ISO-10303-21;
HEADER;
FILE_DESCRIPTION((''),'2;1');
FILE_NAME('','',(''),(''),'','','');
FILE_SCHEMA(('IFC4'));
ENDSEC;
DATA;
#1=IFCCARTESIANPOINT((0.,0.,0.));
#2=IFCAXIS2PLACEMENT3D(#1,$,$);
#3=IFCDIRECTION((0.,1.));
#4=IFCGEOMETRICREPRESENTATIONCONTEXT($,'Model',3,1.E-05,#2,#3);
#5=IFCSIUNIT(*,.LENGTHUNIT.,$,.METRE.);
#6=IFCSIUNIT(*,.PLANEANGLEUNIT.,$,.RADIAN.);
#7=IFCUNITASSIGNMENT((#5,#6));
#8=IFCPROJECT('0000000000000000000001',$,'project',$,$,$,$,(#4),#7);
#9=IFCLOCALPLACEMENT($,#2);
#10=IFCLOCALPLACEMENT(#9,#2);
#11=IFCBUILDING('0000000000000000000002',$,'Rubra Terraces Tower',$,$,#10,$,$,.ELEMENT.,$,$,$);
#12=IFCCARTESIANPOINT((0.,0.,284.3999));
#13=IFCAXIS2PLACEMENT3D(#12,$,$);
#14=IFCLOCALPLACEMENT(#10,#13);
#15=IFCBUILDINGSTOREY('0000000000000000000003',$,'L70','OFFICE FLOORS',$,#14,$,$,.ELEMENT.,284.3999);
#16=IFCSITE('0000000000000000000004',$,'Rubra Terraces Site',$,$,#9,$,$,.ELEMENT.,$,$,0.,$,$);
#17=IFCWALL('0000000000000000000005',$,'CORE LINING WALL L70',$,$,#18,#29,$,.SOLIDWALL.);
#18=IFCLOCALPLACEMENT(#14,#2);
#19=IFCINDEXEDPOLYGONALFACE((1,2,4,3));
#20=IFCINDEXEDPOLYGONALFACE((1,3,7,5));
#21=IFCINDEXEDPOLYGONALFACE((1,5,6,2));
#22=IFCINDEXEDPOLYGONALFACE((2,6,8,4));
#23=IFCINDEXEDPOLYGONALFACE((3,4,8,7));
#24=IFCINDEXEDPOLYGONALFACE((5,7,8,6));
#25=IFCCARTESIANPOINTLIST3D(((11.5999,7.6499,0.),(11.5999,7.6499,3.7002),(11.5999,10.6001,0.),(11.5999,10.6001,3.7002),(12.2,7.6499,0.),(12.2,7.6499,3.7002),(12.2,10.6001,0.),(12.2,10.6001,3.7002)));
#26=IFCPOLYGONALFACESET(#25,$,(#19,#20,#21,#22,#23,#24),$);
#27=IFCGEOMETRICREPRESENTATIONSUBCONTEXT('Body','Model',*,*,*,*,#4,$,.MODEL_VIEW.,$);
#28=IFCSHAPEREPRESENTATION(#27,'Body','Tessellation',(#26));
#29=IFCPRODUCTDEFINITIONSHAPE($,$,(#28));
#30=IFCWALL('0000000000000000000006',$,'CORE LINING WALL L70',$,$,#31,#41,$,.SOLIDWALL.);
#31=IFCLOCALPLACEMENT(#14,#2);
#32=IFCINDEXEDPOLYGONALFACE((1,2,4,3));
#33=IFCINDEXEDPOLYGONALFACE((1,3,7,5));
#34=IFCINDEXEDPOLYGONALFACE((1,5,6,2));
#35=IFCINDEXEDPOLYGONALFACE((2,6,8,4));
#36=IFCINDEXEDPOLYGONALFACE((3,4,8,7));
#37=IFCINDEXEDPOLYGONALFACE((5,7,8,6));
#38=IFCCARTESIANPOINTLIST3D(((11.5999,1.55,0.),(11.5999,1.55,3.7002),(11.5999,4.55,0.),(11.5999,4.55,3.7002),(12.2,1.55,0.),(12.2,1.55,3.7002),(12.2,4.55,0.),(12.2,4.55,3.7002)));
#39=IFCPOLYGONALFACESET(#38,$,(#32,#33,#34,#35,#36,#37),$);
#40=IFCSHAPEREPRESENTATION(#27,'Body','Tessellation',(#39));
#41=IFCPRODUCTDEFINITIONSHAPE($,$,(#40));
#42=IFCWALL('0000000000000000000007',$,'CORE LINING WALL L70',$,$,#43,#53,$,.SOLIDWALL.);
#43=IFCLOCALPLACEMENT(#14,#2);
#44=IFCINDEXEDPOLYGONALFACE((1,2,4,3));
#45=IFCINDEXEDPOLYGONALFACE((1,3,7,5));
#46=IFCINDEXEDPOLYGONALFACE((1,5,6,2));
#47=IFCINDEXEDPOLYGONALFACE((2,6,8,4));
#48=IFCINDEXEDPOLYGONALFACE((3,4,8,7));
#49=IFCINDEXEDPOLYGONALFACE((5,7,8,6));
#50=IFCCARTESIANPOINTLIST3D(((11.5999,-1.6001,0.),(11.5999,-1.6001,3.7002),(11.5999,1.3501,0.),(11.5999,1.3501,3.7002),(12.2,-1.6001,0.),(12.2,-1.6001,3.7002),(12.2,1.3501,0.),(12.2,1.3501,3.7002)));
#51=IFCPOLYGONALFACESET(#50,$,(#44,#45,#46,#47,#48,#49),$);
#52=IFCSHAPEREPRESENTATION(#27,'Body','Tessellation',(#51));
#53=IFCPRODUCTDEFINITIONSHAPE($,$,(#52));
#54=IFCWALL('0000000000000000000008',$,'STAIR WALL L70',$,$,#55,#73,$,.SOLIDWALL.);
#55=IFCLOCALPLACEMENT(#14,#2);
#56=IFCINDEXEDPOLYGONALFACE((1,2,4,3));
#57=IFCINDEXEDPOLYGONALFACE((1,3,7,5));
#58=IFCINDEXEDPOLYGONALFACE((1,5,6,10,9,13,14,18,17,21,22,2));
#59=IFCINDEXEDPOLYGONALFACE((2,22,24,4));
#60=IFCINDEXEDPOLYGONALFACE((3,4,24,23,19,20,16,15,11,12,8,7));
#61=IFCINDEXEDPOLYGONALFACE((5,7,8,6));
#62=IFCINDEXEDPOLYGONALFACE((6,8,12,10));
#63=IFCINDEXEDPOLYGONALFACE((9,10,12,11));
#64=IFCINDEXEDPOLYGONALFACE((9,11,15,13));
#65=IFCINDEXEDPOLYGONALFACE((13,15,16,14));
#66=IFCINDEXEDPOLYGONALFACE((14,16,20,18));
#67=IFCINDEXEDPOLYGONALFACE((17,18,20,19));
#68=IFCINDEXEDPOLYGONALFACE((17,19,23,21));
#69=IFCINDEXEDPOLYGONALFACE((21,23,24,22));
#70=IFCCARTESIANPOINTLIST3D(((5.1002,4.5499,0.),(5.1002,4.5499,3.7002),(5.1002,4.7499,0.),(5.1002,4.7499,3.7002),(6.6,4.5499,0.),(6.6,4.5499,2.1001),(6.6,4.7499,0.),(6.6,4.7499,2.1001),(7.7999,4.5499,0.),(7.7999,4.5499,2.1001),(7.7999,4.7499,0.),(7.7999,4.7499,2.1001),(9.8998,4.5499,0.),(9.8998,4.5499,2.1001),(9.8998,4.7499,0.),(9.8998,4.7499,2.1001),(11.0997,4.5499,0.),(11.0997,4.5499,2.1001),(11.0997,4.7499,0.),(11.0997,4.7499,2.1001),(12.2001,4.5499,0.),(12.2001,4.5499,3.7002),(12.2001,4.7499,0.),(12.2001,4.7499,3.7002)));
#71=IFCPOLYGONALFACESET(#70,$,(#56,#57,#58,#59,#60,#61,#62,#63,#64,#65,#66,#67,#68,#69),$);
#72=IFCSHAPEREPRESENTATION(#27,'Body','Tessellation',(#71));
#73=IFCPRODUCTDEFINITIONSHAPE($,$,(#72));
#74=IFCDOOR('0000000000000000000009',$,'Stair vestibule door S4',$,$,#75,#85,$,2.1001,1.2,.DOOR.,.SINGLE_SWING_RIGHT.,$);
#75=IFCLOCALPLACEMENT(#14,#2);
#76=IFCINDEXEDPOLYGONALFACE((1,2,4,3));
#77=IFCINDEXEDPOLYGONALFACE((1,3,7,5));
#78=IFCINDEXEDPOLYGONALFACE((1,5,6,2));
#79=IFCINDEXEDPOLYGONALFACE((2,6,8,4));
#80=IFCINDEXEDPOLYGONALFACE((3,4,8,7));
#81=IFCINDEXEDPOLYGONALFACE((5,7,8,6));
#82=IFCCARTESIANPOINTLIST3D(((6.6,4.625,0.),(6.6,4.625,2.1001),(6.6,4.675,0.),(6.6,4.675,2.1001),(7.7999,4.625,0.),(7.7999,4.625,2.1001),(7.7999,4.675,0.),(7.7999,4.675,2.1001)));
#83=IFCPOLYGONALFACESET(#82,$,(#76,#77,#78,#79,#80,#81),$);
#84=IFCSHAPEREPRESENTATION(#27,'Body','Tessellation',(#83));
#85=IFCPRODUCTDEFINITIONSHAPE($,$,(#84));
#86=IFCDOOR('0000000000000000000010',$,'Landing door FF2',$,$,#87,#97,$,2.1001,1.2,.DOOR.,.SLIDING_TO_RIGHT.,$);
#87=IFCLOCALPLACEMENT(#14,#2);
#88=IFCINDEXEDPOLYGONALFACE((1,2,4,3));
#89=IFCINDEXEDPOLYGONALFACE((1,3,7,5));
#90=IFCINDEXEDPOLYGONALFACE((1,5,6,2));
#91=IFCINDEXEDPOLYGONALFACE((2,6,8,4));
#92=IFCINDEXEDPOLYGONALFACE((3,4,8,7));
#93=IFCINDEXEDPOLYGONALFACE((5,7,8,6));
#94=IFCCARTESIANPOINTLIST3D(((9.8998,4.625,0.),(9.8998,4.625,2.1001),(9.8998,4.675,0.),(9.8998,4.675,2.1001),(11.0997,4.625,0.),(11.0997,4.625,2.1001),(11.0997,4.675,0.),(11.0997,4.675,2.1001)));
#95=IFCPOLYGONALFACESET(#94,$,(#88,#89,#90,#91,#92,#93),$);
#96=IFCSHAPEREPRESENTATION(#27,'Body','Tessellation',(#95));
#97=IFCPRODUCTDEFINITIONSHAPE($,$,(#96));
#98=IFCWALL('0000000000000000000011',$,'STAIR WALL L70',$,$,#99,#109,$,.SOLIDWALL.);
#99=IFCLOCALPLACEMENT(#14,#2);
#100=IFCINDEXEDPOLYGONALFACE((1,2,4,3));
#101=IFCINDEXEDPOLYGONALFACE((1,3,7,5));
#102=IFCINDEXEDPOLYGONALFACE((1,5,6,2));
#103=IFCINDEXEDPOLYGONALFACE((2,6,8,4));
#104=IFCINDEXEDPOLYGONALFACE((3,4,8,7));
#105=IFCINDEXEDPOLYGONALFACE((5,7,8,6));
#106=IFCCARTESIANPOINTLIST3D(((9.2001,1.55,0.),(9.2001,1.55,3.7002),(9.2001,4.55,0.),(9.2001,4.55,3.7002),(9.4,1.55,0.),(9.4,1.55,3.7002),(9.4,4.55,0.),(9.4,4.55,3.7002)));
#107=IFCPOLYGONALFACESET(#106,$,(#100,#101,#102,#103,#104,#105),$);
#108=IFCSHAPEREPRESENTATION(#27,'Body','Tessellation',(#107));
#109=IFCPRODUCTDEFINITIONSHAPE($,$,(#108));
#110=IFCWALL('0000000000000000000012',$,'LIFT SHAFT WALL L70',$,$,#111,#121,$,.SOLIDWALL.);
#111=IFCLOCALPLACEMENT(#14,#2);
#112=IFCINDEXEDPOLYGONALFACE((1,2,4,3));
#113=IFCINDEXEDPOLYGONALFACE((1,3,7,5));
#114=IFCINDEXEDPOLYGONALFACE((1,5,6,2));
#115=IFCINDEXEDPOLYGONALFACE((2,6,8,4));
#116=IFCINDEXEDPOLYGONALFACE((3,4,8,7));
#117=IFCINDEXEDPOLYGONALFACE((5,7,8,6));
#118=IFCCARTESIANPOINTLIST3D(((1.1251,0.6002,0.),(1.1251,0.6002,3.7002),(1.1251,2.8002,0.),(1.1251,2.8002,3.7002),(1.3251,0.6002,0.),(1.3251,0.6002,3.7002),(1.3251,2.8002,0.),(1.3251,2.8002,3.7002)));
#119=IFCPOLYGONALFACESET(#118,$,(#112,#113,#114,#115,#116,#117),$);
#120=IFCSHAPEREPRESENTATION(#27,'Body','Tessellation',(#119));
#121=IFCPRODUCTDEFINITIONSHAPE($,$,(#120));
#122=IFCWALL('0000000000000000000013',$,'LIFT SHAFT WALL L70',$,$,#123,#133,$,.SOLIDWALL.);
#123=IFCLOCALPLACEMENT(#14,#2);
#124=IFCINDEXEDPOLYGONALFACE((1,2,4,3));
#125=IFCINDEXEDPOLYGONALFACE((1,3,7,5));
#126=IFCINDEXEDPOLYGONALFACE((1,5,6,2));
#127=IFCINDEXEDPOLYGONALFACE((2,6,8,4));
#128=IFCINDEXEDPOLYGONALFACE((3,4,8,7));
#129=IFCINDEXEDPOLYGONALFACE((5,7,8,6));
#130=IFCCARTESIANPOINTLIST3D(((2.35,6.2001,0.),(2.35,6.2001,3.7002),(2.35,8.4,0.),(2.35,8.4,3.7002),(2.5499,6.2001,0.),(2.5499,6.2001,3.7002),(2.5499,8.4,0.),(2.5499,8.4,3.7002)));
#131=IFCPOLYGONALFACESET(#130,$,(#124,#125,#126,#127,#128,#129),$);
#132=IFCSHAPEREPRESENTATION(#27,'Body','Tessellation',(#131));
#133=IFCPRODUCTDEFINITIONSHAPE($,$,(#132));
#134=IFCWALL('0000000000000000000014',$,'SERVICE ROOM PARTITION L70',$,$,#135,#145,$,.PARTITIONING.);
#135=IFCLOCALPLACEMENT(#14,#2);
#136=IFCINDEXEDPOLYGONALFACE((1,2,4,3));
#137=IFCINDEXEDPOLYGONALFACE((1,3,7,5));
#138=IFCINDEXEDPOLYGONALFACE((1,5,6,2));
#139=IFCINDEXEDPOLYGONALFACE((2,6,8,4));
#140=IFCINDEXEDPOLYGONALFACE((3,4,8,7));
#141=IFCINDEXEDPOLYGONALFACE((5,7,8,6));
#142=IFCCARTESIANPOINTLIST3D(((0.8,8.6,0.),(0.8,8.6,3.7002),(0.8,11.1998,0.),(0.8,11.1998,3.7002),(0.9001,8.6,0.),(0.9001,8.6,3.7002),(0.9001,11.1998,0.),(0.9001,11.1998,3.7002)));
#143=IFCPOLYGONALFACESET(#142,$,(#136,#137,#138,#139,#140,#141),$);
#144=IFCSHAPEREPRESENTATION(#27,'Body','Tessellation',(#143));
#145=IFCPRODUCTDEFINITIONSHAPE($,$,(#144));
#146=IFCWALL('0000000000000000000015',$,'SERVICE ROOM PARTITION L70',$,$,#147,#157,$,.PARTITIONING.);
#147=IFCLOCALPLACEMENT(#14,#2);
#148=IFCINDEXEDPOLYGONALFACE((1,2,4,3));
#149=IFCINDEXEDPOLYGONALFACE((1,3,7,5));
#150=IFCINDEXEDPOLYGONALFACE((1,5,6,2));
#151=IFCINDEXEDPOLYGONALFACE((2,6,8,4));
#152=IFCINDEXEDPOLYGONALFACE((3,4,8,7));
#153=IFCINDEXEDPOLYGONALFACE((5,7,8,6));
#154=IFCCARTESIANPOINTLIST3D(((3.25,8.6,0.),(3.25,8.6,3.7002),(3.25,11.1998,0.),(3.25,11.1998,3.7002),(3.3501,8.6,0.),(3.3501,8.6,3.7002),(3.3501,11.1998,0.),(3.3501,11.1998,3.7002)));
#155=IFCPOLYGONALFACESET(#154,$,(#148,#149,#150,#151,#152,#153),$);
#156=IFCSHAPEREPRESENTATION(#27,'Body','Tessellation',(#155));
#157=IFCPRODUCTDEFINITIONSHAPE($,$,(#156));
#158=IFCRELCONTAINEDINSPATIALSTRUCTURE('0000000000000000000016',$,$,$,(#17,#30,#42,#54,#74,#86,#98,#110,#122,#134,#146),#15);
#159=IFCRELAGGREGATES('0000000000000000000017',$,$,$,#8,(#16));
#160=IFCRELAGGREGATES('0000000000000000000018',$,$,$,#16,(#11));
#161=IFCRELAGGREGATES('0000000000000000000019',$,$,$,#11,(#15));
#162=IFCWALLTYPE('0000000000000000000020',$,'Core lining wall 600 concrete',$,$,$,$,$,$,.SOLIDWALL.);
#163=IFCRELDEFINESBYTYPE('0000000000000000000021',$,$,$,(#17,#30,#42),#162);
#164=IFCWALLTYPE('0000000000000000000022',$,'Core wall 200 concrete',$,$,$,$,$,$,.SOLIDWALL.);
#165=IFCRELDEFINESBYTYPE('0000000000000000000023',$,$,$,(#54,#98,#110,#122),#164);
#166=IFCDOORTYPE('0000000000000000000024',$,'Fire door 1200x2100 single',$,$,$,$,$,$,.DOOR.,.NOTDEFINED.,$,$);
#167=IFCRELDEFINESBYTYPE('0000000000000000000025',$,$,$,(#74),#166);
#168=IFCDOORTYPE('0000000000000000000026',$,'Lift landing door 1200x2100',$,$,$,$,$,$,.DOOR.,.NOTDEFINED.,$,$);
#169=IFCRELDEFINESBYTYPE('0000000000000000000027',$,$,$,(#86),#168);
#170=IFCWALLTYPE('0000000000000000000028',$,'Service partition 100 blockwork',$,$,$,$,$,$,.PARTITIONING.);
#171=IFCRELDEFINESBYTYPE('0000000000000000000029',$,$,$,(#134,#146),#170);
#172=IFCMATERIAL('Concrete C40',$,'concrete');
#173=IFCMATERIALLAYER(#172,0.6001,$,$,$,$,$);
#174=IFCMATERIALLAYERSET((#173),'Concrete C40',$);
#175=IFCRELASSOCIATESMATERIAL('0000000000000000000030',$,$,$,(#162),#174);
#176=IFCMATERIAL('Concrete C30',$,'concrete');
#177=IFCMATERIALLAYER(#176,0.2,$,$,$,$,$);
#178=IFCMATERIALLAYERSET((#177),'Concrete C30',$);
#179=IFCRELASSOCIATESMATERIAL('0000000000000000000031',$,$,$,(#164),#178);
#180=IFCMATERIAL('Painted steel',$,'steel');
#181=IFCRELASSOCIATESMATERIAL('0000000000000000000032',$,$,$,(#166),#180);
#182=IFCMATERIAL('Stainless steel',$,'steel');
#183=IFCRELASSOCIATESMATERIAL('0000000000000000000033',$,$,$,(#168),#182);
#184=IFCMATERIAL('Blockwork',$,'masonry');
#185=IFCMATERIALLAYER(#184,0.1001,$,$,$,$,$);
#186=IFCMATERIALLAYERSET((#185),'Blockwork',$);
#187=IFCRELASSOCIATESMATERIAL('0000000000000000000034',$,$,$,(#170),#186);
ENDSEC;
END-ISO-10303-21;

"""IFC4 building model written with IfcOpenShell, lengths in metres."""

from ifc_helpers import new_model, si_unit, direction, frame, frame_2d, origin, place, context, subcontext, project, spatial, rectangle, extrude, material, layer, layer_set, type_object, element, fill, save


model = new_model("IFC4")

# Units and contexts
model_context = context("Model", 3, precision=1e-05, world=origin(), true_north=direction((0.0, 1.0)))
body_context = subcontext(model_context, "Body", "Model", "MODEL_VIEW")
ifc_project = project(units=[si_unit("LENGTHUNIT", "METRE"), si_unit("PLANEANGLEUNIT", "RADIAN")], contexts=[model_context])

# Site, building, storey
site_placement = place(None, origin())
site = spatial("IfcSite", under=ifc_project, at=site_placement, Name="Rubra Terraces Site", CompositionType="ELEMENT", RefElevation=0.0)
building_placement = place(site_placement, origin())
building = spatial("IfcBuilding", under=site, at=building_placement, Name="Rubra Terraces Tower", CompositionType="ELEMENT")
storey_placement = place(building_placement, frame((0.0, 0.0, 284.3999)))
storey = spatial("IfcBuildingStorey", under=building, at=storey_placement, Name="L70", Description="OFFICE FLOORS", CompositionType="ELEMENT", Elevation=284.3999)

# Walls
ifc_material_1 = material(Name="Concrete C40", Category="concrete")
ifc_layer_1 = layer(ifc_material_1, 0.6001)
ifc_layer_set_1 = layer_set([ifc_layer_1], Name="Concrete C40")
wall_type_1 = type_object("IfcWallType", Name="Core lining wall 600 concrete", PredefinedType="SOLIDWALL", material=ifc_layer_set_1)
wall_1_placement = place(storey_placement, frame((11.8999, 10.6001, 0.0), z_axis=(0.0, 0.0, 1.0), x_axis=(0.0, -1.0, 0.0)))
element("IfcWall", 1, at=wall_1_placement, inside=storey, type_object=wall_type_1, Name="CORE LINING WALL L70", PredefinedType="SOLIDWALL", context=body_context, shape_type="SweptSolid", body=[
    extrude(rectangle(XDim=2.9502, YDim=0.6001, at=frame_2d((1.4751, 0.0))), origin(), (0.0, 0.0, 1.0), 3.7002),
])
wall_2_placement = place(storey_placement, frame((11.8999, 4.55, 0.0), z_axis=(0.0, 0.0, 1.0), x_axis=(0.0, -1.0, 0.0)))
element("IfcWall", 2, at=wall_2_placement, inside=storey, type_object=wall_type_1, Name="CORE LINING WALL L70", PredefinedType="SOLIDWALL", context=body_context, shape_type="SweptSolid", body=[
    extrude(rectangle(XDim=3.0, YDim=0.6001, at=frame_2d((1.5, 0.0))), origin(), (0.0, 0.0, 1.0), 3.7002),
])
wall_3_placement = place(storey_placement, frame((11.8999, 1.3501, 0.0), z_axis=(0.0, 0.0, 1.0), x_axis=(0.0, -1.0, 0.0)))
element("IfcWall", 3, at=wall_3_placement, inside=storey, type_object=wall_type_1, Name="CORE LINING WALL L70", PredefinedType="SOLIDWALL", context=body_context, shape_type="SweptSolid", body=[
    extrude(rectangle(XDim=2.9502, YDim=0.6001, at=frame_2d((1.4751, 0.0))), origin(), (0.0, 0.0, 1.0), 3.7002),
])

# Wall, openings, doors
ifc_material_2 = material(Name="Concrete C30", Category="concrete")
ifc_layer_2 = layer(ifc_material_2, 0.2)
ifc_layer_set_2 = layer_set([ifc_layer_2], Name="Concrete C30")
wall_type_2 = type_object("IfcWallType", Name="Core wall 200 concrete", PredefinedType="SOLIDWALL", material=ifc_layer_set_2)
wall_4_placement = place(storey_placement, frame((12.2, 4.6499, 0.0), z_axis=(0.0, 0.0, 1.0), x_axis=(-1.0, 0.0, 0.0)))
wall_4 = element("IfcWall", 4, at=wall_4_placement, inside=storey, type_object=wall_type_2, Name="STAIR WALL L70", PredefinedType="SOLIDWALL", context=body_context, shape_type="SweptSolid", body=[
    extrude(rectangle(XDim=7.0999, YDim=0.2, at=frame_2d((3.5498, 0.0))), origin(), (0.0, 0.0, 1.0), 3.7002),
])
opening_1_placement = place(wall_4_placement, frame((4.3999, 0.0, 0.0)))
opening_1 = element("IfcOpeningElement", 5, at=opening_1_placement, cuts=wall_4, PredefinedType="OPENING", context=body_context, shape_type="SweptSolid", body=[
    extrude(rectangle(XDim=1.2, YDim=2.1001, at=frame_2d((0.6001, 1.05))), frame((0.0, 0.1099, 0.0), z_axis=(0.0, -1.0, 0.0), x_axis=(1.0, 0.0, 0.0)), (0.0, 0.0, 1.0), 0.22),
])
opening_2_placement = place(wall_4_placement, frame((1.1001, 0.0, 0.0)))
opening_2 = element("IfcOpeningElement", 6, at=opening_2_placement, cuts=wall_4, PredefinedType="OPENING", context=body_context, shape_type="SweptSolid", body=[
    extrude(rectangle(XDim=1.2, YDim=2.1001, at=frame_2d((0.6001, 1.05))), frame((0.0, 0.1099, 0.0), z_axis=(0.0, -1.0, 0.0), x_axis=(1.0, 0.0, 0.0)), (0.0, 0.0, 1.0), 0.22),
])
ifc_material_3 = material(Name="Painted steel", Category="steel")
door_type_1 = type_object("IfcDoorType", Name="Fire door 1200x2100 single", OperationType="NOTDEFINED", PredefinedType="DOOR", material=ifc_material_3)
door_1_placement = place(opening_1_placement, origin())
door_1 = element("IfcDoor", 7, at=door_1_placement, inside=storey, type_object=door_type_1, Name="Stair vestibule door S4", OperationType="SINGLE_SWING_RIGHT", OverallHeight=2.1001, OverallWidth=1.2, PredefinedType="DOOR", context=body_context, shape_type="SweptSolid", body=[
    extrude(rectangle(XDim=1.2, YDim=2.1001, at=frame_2d((0.6001, 1.05))), frame((0.0, 0.0249, 0.0), z_axis=(0.0, -1.0, 0.0), x_axis=(1.0, 0.0, 0.0)), (0.0, 0.0, 1.0), 0.05),
])
fill(opening_1, door_1)
ifc_material_4 = material(Name="Stainless steel", Category="steel")
door_type_2 = type_object("IfcDoorType", Name="Lift landing door 1200x2100", OperationType="NOTDEFINED", PredefinedType="DOOR", material=ifc_material_4)
door_2_placement = place(opening_2_placement, origin())
door_2 = element("IfcDoor", 8, at=door_2_placement, inside=storey, type_object=door_type_2, Name="Landing door FF2", OperationType="SLIDING_TO_RIGHT", OverallHeight=2.1001, OverallWidth=1.2, PredefinedType="DOOR", context=body_context, shape_type="SweptSolid", body=[
    extrude(rectangle(XDim=1.2, YDim=2.1001, at=frame_2d((0.6001, 1.05))), frame((0.0, 0.0249, 0.0), z_axis=(0.0, -1.0, 0.0), x_axis=(1.0, 0.0, 0.0)), (0.0, 0.0, 1.0), 0.05),
])
fill(opening_2, door_2)

# Walls
wall_5_placement = place(storey_placement, frame((9.3, 4.55, 0.0), z_axis=(0.0, 0.0, 1.0), x_axis=(0.0, -1.0, 0.0)))
element("IfcWall", 9, at=wall_5_placement, inside=storey, type_object=wall_type_2, Name="STAIR WALL L70", PredefinedType="SOLIDWALL", context=body_context, shape_type="SweptSolid", body=[
    extrude(rectangle(XDim=3.0, YDim=0.2, at=frame_2d((1.5, 0.0))), origin(), (0.0, 0.0, 1.0), 3.7002),
])
for number, where, z_axis, x_axis, name in (
    (10, (1.2251, 0.6001, 0.0), (0.0, 0.0, 1.0), (0.0, 1.0, 0.0), "LIFT SHAFT WALL L70"),
    (11, (2.45, 6.2, 0.0), (0.0, 0.0, 1.0), (0.0, 1.0, 0.0), "LIFT SHAFT WALL L70"),
):
    element("IfcWall", number, at=place(storey_placement, frame(where, z_axis=z_axis, x_axis=x_axis)), inside=storey, type_object=wall_type_2, Name=name, PredefinedType="SOLIDWALL", context=body_context, shape_type="SweptSolid", body=[
        extrude(rectangle(XDim=2.2, YDim=0.2, at=frame_2d((1.1001, 0.0))), origin(), (0.0, 0.0, 1.0), 3.7002),
    ])
ifc_material_5 = material(Name="Blockwork", Category="masonry")
ifc_layer_3 = layer(ifc_material_5, 0.1001)
ifc_layer_set_3 = layer_set([ifc_layer_3], Name="Blockwork")
wall_type_3 = type_object("IfcWallType", Name="Service partition 100 blockwork", PredefinedType="PARTITIONING", material=ifc_layer_set_3)
for number, where, z_axis, x_axis, name in (
    (12, (0.8501, 8.6001, 0.0), (0.0, 0.0, 1.0), (0.0, 1.0, 0.0), "SERVICE ROOM PARTITION L70"),
    (13, (3.3, 8.6001, 0.0), (0.0, 0.0, 1.0), (0.0, 1.0, 0.0), "SERVICE ROOM PARTITION L70"),
):
    element("IfcWall", number, at=place(storey_placement, frame(where, z_axis=z_axis, x_axis=x_axis)), inside=storey, type_object=wall_type_3, Name=name, PredefinedType="PARTITIONING", context=body_context, shape_type="SweptSolid", body=[
        extrude(rectangle(XDim=2.5999, YDim=0.1001, at=frame_2d((1.2998, 0.0))), origin(), (0.0, 0.0, 1.0), 3.7002),
    ])

save(model, "model.ifc")
